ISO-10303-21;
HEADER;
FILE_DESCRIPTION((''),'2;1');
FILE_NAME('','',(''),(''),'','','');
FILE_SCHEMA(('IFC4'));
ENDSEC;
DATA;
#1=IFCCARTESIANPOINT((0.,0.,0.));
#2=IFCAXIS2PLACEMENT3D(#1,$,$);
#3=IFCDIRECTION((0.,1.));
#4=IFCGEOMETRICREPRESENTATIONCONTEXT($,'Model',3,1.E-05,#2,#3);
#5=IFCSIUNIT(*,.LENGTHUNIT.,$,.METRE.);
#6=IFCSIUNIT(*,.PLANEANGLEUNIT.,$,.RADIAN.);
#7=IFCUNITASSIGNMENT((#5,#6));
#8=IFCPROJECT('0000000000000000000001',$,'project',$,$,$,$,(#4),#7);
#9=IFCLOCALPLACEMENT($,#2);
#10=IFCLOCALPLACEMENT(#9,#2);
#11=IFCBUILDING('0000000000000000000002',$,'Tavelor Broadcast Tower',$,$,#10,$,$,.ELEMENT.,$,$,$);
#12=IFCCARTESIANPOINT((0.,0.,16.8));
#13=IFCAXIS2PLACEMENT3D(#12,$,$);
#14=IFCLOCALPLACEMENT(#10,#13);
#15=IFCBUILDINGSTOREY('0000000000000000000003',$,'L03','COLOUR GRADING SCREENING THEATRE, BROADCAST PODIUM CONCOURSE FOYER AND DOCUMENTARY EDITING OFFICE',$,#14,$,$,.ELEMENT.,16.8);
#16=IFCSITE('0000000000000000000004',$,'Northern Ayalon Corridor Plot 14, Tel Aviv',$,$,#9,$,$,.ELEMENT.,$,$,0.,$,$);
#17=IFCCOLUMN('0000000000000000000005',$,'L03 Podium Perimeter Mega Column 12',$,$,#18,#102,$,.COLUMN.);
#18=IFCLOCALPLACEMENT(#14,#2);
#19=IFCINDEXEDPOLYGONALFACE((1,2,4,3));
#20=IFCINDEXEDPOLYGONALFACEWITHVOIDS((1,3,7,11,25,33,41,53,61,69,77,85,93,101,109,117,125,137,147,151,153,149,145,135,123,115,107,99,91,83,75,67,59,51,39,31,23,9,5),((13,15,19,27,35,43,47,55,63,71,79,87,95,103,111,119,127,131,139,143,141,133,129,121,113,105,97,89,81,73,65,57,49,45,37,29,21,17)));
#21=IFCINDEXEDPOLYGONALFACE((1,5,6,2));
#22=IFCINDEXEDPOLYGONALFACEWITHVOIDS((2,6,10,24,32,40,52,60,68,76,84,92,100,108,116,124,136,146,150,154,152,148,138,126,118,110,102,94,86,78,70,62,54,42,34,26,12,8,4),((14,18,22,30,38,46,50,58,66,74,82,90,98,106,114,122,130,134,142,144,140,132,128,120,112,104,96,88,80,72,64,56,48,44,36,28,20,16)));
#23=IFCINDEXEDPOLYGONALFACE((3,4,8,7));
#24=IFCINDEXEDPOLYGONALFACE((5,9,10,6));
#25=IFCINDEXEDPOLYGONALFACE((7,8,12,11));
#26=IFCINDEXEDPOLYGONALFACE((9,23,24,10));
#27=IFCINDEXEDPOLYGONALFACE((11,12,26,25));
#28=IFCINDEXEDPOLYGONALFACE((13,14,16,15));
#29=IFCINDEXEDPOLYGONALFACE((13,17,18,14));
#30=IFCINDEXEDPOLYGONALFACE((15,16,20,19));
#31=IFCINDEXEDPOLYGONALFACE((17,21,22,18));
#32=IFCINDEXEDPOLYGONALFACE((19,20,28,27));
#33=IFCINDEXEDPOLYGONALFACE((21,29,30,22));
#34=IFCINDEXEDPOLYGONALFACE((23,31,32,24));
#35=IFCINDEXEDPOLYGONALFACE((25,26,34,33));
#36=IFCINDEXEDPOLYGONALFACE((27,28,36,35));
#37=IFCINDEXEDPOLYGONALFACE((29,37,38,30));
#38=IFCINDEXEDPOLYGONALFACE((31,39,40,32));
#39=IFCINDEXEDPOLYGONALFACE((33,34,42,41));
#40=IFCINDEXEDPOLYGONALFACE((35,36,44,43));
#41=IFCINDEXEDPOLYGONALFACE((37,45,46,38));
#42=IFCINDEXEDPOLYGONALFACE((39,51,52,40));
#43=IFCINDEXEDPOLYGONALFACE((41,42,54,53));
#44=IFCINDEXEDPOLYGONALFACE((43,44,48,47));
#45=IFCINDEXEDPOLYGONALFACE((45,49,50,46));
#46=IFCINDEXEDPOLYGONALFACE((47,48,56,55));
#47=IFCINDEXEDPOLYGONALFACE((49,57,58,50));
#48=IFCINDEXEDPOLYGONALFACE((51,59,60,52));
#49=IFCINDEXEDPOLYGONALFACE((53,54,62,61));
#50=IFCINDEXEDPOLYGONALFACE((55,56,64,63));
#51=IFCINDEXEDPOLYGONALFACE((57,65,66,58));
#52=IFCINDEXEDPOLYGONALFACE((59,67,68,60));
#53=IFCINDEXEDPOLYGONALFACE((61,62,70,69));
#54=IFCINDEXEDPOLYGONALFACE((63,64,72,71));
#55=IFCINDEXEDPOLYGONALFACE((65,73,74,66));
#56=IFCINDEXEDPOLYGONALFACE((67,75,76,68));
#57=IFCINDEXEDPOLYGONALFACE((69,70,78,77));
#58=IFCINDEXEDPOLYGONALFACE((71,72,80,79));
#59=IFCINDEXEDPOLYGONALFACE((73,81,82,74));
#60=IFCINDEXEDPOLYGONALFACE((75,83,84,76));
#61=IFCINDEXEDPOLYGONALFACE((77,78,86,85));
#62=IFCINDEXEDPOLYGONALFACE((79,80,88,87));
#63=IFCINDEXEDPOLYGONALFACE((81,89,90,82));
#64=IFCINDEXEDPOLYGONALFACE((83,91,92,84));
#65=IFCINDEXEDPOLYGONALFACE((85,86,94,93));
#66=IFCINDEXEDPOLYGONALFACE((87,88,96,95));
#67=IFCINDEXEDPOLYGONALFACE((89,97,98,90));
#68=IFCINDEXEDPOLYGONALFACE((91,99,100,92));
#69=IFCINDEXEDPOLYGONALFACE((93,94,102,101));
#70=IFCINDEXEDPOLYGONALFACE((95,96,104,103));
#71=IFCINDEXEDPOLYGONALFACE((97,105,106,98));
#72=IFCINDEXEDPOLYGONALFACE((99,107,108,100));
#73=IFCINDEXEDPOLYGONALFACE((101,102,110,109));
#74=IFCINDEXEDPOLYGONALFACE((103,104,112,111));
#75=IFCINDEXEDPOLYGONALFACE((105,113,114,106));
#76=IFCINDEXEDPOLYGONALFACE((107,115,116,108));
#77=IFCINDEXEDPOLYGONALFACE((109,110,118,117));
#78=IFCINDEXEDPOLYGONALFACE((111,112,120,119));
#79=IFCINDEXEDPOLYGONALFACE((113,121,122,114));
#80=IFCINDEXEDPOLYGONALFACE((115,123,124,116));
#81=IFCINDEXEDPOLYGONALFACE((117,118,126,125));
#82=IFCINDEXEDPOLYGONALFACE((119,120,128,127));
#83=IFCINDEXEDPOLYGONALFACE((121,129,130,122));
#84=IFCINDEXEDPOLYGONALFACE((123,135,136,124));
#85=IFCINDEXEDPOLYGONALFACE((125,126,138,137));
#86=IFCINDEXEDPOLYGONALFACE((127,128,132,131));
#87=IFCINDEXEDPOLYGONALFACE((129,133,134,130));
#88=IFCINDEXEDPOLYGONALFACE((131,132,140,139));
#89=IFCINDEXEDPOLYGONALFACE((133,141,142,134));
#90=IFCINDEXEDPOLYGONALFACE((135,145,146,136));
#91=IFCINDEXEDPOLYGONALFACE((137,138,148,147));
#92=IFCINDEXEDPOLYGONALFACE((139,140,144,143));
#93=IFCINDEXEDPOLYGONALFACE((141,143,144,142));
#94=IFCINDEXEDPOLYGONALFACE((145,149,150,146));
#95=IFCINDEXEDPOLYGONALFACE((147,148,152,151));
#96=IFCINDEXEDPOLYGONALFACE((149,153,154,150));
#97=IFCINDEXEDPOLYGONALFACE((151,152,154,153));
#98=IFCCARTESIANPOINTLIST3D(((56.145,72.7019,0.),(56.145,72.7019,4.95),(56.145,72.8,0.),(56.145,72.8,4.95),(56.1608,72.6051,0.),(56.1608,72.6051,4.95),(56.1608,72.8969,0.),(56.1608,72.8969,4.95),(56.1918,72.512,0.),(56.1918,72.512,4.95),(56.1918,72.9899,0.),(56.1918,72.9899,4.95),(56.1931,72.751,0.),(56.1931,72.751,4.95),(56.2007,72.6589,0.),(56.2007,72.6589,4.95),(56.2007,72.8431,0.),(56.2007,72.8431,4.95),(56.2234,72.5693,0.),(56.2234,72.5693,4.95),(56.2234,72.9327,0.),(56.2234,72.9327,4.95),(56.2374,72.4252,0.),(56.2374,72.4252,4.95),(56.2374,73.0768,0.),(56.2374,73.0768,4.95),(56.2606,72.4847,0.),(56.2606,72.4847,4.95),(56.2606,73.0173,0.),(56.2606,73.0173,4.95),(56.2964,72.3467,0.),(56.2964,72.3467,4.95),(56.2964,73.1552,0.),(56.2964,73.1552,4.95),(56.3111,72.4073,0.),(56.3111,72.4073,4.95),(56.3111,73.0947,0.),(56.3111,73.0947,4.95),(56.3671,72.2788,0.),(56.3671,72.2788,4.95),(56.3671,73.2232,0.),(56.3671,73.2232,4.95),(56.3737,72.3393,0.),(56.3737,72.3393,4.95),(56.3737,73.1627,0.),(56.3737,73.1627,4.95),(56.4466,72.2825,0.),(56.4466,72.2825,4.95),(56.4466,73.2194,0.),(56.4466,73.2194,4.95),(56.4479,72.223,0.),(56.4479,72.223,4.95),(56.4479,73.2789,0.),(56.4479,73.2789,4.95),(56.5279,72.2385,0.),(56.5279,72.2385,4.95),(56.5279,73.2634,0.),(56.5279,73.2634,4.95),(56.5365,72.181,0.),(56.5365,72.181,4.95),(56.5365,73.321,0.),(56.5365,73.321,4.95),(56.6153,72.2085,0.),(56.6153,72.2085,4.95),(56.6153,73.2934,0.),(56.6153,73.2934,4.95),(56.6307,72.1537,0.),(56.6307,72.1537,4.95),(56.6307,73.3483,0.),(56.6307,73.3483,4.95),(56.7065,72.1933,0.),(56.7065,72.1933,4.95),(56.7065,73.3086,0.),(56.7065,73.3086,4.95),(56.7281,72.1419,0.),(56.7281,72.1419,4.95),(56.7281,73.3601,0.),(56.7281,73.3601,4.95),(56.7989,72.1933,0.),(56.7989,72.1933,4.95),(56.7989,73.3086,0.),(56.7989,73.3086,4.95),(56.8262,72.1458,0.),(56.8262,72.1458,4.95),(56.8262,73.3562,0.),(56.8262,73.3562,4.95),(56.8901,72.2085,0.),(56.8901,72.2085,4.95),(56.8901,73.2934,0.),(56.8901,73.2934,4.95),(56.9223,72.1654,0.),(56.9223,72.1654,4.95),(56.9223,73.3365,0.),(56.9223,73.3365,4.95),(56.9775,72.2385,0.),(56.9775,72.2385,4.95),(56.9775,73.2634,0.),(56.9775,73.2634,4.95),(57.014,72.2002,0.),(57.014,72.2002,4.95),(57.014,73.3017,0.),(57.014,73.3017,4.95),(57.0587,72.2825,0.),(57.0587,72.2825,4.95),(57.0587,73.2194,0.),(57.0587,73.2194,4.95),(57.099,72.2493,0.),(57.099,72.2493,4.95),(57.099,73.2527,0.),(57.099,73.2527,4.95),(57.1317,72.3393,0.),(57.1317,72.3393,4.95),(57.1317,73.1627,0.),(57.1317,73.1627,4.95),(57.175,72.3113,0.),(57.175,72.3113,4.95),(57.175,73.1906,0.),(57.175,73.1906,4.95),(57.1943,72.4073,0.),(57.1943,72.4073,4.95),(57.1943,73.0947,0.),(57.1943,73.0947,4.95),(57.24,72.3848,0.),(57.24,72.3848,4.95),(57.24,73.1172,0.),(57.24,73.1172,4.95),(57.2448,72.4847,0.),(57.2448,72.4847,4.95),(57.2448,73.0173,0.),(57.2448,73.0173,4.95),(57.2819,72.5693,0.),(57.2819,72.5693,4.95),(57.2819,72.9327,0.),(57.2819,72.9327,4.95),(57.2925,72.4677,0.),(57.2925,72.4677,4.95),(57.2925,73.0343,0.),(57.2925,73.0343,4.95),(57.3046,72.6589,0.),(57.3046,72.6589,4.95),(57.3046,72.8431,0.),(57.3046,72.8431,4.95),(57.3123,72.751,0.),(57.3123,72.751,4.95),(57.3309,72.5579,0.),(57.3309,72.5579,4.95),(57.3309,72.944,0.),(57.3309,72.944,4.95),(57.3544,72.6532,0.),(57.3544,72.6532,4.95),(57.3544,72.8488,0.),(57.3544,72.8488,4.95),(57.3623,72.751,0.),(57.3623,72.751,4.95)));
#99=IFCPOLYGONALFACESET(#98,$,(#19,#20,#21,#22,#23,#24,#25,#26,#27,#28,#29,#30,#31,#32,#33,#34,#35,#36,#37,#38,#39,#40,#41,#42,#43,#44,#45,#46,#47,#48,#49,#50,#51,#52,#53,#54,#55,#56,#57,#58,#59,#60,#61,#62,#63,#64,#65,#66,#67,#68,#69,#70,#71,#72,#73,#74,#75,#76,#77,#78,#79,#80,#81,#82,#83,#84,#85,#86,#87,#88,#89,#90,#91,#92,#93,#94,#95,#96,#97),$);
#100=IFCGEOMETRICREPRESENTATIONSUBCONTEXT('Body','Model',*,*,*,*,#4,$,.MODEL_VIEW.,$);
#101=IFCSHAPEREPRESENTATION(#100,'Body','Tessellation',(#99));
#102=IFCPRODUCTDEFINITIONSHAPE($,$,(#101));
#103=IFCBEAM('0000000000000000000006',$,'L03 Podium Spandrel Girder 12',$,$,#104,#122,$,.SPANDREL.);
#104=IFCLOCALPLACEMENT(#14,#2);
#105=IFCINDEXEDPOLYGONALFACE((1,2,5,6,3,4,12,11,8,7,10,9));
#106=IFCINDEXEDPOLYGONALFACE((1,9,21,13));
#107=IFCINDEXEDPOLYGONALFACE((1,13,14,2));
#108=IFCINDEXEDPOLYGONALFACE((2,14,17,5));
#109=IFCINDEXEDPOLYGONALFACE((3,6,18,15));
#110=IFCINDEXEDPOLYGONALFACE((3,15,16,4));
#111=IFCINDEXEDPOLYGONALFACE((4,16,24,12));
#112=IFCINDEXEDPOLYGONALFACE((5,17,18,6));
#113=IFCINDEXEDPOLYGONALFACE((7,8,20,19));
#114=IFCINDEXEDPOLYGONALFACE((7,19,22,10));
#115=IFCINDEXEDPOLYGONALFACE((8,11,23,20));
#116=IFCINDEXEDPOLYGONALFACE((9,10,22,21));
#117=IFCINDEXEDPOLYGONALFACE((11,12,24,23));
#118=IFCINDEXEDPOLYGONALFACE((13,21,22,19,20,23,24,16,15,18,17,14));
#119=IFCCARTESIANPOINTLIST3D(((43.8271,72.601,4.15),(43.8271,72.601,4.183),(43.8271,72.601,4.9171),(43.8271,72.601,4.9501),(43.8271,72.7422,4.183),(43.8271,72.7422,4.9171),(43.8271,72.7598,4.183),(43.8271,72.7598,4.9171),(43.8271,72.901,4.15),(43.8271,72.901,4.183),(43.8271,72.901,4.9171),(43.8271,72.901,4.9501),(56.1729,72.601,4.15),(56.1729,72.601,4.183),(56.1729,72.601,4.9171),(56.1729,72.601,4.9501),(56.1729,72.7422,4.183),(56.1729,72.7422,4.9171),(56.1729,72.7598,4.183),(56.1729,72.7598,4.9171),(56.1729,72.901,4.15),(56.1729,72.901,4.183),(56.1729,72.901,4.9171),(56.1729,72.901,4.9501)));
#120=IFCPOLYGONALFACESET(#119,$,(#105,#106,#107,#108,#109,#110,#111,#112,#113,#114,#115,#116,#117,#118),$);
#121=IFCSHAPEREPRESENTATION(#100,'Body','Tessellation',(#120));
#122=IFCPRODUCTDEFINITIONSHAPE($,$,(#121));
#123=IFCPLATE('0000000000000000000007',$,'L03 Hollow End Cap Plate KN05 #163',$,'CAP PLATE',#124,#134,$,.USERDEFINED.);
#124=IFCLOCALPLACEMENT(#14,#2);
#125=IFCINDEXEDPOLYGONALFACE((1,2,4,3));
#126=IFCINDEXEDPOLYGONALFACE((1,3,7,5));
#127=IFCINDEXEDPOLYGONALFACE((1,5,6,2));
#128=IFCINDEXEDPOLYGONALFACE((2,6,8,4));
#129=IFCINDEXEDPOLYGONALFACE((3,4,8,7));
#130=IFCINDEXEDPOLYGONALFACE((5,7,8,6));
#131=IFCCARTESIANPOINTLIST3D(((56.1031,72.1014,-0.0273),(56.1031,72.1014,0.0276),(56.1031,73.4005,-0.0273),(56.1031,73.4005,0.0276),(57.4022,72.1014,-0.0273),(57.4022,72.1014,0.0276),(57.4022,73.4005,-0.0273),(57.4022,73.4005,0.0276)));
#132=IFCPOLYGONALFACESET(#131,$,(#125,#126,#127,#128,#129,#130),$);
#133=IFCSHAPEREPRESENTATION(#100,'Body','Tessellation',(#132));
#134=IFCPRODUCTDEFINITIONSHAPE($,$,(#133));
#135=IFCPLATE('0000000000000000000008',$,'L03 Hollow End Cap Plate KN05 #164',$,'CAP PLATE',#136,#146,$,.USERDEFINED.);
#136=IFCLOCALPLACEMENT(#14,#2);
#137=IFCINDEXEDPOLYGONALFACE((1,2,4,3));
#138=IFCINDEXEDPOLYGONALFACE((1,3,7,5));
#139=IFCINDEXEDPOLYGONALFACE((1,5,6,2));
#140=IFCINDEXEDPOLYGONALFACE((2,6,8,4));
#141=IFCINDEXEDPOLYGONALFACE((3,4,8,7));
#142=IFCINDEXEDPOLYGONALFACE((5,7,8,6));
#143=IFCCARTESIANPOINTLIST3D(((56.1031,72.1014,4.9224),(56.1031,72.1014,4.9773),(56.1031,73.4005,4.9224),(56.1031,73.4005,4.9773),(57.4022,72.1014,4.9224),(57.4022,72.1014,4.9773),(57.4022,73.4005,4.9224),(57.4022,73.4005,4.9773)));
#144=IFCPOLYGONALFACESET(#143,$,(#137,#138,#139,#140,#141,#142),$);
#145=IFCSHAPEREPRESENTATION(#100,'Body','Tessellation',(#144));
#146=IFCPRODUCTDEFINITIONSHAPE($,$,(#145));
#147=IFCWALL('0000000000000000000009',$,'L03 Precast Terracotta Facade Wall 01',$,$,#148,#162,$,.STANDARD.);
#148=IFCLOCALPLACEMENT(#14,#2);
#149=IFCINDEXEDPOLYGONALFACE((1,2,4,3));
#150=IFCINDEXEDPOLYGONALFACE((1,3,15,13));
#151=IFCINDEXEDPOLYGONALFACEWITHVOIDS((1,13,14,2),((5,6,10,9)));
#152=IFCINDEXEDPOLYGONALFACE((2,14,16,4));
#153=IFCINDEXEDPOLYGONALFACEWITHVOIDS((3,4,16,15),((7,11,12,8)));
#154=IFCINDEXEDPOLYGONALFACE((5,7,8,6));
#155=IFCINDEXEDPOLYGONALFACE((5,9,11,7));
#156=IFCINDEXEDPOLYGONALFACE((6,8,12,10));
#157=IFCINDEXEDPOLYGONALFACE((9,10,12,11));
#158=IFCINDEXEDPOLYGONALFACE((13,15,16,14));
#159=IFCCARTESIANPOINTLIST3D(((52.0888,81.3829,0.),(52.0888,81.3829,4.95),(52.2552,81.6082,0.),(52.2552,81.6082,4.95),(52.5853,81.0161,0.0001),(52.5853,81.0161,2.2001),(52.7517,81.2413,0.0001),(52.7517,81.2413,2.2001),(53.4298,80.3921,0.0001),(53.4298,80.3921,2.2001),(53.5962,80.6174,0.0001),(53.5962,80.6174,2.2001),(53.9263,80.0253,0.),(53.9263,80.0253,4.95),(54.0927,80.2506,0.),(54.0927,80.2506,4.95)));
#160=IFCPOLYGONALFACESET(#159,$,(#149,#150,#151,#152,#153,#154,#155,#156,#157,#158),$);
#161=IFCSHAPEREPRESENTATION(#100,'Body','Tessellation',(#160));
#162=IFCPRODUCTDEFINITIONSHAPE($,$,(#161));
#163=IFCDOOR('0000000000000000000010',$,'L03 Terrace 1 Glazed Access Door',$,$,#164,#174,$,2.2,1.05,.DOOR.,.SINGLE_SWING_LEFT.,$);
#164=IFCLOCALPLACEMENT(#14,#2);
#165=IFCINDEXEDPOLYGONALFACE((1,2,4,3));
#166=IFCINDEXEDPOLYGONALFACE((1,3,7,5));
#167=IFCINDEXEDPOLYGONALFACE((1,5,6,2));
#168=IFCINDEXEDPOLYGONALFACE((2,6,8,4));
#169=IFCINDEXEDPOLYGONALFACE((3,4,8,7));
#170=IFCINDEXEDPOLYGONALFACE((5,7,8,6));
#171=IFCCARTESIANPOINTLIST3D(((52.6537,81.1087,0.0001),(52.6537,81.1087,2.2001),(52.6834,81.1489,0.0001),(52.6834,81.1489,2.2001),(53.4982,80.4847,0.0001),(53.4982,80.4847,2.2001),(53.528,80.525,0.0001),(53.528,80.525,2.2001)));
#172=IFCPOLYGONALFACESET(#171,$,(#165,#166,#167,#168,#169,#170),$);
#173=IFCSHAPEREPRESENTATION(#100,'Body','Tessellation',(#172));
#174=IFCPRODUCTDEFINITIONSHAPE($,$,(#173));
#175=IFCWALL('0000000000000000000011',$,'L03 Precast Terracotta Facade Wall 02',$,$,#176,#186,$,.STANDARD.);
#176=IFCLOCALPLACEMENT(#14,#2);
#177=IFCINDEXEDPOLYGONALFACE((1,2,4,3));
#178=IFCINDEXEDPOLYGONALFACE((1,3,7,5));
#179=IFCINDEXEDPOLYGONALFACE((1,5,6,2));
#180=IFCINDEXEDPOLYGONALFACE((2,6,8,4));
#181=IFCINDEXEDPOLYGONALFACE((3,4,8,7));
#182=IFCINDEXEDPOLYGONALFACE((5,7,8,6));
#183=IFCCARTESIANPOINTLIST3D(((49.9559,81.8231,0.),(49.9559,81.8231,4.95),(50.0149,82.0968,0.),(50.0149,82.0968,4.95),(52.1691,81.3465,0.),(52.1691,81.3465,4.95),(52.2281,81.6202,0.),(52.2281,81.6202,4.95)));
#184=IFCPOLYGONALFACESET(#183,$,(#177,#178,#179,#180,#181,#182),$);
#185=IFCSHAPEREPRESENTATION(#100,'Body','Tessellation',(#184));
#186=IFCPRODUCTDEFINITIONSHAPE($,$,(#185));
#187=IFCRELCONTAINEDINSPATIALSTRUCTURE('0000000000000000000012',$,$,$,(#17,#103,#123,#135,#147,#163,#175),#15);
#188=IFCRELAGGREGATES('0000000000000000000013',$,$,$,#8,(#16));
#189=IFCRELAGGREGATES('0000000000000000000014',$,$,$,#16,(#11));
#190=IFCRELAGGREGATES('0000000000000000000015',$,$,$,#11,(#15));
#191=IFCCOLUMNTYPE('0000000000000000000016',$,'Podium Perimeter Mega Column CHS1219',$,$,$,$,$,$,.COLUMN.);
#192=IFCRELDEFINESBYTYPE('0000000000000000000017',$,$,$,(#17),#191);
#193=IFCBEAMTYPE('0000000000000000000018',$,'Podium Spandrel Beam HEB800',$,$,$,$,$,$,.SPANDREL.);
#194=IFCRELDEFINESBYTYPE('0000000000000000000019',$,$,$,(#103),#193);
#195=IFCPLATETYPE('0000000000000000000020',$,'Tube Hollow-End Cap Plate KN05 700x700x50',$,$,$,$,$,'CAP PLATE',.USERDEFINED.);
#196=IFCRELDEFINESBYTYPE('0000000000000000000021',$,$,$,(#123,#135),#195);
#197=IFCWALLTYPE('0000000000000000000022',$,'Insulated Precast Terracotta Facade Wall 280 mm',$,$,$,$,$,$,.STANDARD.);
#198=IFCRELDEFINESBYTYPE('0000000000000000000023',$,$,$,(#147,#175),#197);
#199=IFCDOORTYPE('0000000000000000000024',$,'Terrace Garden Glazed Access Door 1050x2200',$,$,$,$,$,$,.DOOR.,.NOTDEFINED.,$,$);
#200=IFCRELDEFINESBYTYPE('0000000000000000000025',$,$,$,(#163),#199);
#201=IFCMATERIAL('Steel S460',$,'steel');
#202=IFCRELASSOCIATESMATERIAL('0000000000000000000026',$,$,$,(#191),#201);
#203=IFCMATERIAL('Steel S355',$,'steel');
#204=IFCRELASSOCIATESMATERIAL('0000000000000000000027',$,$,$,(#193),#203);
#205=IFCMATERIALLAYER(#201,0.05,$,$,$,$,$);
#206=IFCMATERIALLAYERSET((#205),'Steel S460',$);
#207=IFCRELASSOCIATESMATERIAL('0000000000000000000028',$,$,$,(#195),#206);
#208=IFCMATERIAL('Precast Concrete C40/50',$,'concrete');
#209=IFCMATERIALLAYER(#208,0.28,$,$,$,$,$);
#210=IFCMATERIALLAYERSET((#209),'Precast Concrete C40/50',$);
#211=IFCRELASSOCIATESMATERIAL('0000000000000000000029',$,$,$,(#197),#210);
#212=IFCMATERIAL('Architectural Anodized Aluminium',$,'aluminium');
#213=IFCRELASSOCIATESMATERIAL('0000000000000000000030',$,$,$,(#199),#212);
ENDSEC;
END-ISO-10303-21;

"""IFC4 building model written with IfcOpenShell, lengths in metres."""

from ifc_helpers import new_model, si_unit, direction, frame, frame_2d, origin, origin_2d, place, context, subcontext, project, spatial, rectangle, hollow_circle, i_section, extrude, source, transform, mapped, material, layer, layer_set, material_profile, profile_set, type_object, type_shapes, element, fill, save


model = new_model("IFC4")

# Units and contexts
model_context = context("Model", 3, precision=1e-05, world=origin(), true_north=direction((0.0, 1.0)))
body_context = subcontext(model_context, "Body", "Model", "MODEL_VIEW")
ifc_project = project(units=[si_unit("LENGTHUNIT", "METRE"), si_unit("PLANEANGLEUNIT", "RADIAN")], contexts=[model_context])

# Site, building, storey
site_placement = place(None, origin())
site = spatial("IfcSite", under=ifc_project, at=site_placement, Name="Northern Ayalon Corridor Plot 14, Tel Aviv", CompositionType="ELEMENT", RefElevation=0.0)
building_placement = place(site_placement, origin())
building = spatial("IfcBuilding", under=site, at=building_placement, Name="Tavelor Broadcast Tower", CompositionType="ELEMENT")
storey_placement = place(building_placement, frame((0.0, 0.0, 16.8)))
storey = spatial("IfcBuildingStorey", under=building, at=storey_placement, Name="L03", Description="COLOUR GRADING SCREENING THEATRE, BROADCAST PODIUM CONCOURSE FOYER AND DOCUMENTARY EDITING OFFICE", CompositionType="ELEMENT", Elevation=16.8)

# Column
ifc_material_1 = material(Name="Steel S460", Category="steel")
ifc_material_profile_1 = material_profile(ifc_material_1, hollow_circle(Radius=0.6096, WallThickness=0.05, at=origin_2d()), Name="CHS 1219x50")
ifc_profile_set_1 = profile_set([ifc_material_profile_1], Name="Steel S460")
column_type = type_object("IfcColumnType", Name="Podium Perimeter Mega Column CHS1219", PredefinedType="COLUMN", material=ifc_profile_set_1)
column_placement = place(storey_placement, frame((56.7527, 72.751, 0.0), z_axis=(0.0, 0.0, 1.0), x_axis=(1.0, 0.0, 0.0)))
element("IfcColumn", 1, at=column_placement, inside=storey, type_object=column_type, Name="L03 Podium Perimeter Mega Column 12", PredefinedType="COLUMN", context=body_context, shape_type="SweptSolid", body=[
    extrude(hollow_circle(Radius=0.6096, WallThickness=0.05, at=origin_2d()), origin(), (0.0, 0.0, 1.0), 4.95),
])

# Beam
ifc_material_2 = material(Name="Steel S355", Category="steel")
ifc_material_profile_2 = material_profile(ifc_material_2, i_section(OverallWidth=0.3, OverallDepth=0.8, WebThickness=0.0176, FlangeThickness=0.033, at=origin_2d()), Name="HEB 800")
ifc_profile_set_2 = profile_set([ifc_material_profile_2], Name="Steel S355")
beam_type = type_object("IfcBeamType", Name="Podium Spandrel Beam HEB800", PredefinedType="SPANDREL", material=ifc_profile_set_2)
beam_placement = place(storey_placement, frame((56.1729, 72.751, 4.55), z_axis=(-1.0, 0.0, 0.0), x_axis=(0.0, -1.0, 0.0)))
element("IfcBeam", 2, at=beam_placement, inside=storey, type_object=beam_type, Name="L03 Podium Spandrel Girder 12", PredefinedType="SPANDREL", context=body_context, shape_type="SweptSolid", body=[
    extrude(i_section(OverallWidth=0.3, OverallDepth=0.8, WebThickness=0.0176, FlangeThickness=0.033, at=origin_2d()), origin(), (0.0, 0.0, 1.0), 12.3457),
])

# Plates
ifc_layer_1 = layer(ifc_material_1, 0.05)
ifc_layer_set_1 = layer_set([ifc_layer_1], Name="Steel S460")
plate_type = type_object("IfcPlateType", Name="Tube Hollow-End Cap Plate KN05 700x700x50", ElementType="CAP PLATE", PredefinedType="USERDEFINED", material=ifc_layer_set_1)
shared_shape = source(origin(), body_context, "Body", "SweptSolid", [
    extrude(rectangle(XDim=1.2991, YDim=1.2991, at=origin_2d()), origin(), (0.0, 0.0, 1.0), 0.0549),
])
type_shapes(plate_type, [shared_shape])
for number, where, z_axis, x_axis, name in (
    (3, (56.7527, 72.751, -0.0273), (0.0, 0.0, 1.0), (1.0, 0.0, 0.0), "L03 Hollow End Cap Plate KN05 #163"),
    (4, (56.7527, 72.751, 4.9224), (0.0, 0.0, 1.0), (1.0, 0.0, 0.0), "L03 Hollow End Cap Plate KN05 #164"),
):
    element("IfcPlate", number, at=place(storey_placement, frame(where, z_axis=z_axis, x_axis=x_axis)), inside=storey, type_object=plate_type, Name=name, ObjectType="CAP PLATE", PredefinedType="USERDEFINED", context=body_context, shape_type="MappedRepresentation", body=[
        mapped(shared_shape, transform((0.0, 0.0, 0.0), scale=1.0)),
    ])

# Wall, opening, door
ifc_material_3 = material(Name="Precast Concrete C40/50", Category="concrete")
ifc_layer_2 = layer(ifc_material_3, 0.28)
ifc_layer_set_2 = layer_set([ifc_layer_2], Name="Precast Concrete C40/50")
wall_type = type_object("IfcWallType", Name="Insulated Precast Terracotta Facade Wall 280 mm", PredefinedType="STANDARD", material=ifc_layer_set_2)
wall_1_placement = place(storey_placement, frame((54.0095, 80.1379, 0.0), z_axis=(0.0, 0.0, 1.0), x_axis=(-0.8043, 0.594223, 0.0)))
wall_1 = element("IfcWall", 5, at=wall_1_placement, inside=storey, type_object=wall_type, Name="L03 Precast Terracotta Facade Wall 01", PredefinedType="STANDARD", context=body_context, shape_type="SweptSolid", body=[
    extrude(rectangle(XDim=2.2847, YDim=0.28, at=frame_2d((1.1423, 0.0))), origin(), (0.0, 0.0, 1.0), 4.95),
])
opening_1_placement = place(wall_1_placement, frame((0.6174, 0.0, 0.0)))
opening_1 = element("IfcOpeningElement", 6, at=opening_1_placement, cuts=wall_1, PredefinedType="OPENING", context=body_context, shape_type="SweptSolid", body=[
    extrude(rectangle(XDim=1.05, YDim=2.2, at=frame_2d((0.5249, 1.1001))), frame((0.0, 0.1499, 0.0), z_axis=(0.0, -1.0, 0.0), x_axis=(1.0, 0.0, 0.0)), (0.0, 0.0, 1.0), 0.3),
])
ifc_material_4 = material(Name="Architectural Anodized Aluminium", Category="aluminium")
door_type = type_object("IfcDoorType", Name="Terrace Garden Glazed Access Door 1050x2200", OperationType="NOTDEFINED", PredefinedType="DOOR", material=ifc_material_4)
door_placement = place(opening_1_placement, origin())
door = element("IfcDoor", 7, at=door_placement, inside=storey, type_object=door_type, Name="L03 Terrace 1 Glazed Access Door", OperationType="SINGLE_SWING_LEFT", OverallHeight=2.2, OverallWidth=1.05, PredefinedType="DOOR", context=body_context, shape_type="SweptSolid", body=[
    extrude(rectangle(XDim=1.05, YDim=2.2, at=frame_2d((0.5249, 1.1001))), frame((0.0, 0.0249, 0.0), z_axis=(0.0, -1.0, 0.0), x_axis=(1.0, 0.0, 0.0)), (0.0, 0.0, 1.0), 0.05),
])
fill(opening_1, door)

# Wall
for number, where, z_axis, x_axis, name in (
    (8, (52.1985, 81.4834, 0.0), (0.0, 0.0, 1.0), (-0.977592, 0.210509, 0.0), "L03 Precast Terracotta Facade Wall 02"),
):
    element("IfcWall", number, at=place(storey_placement, frame(where, z_axis=z_axis, x_axis=x_axis)), inside=storey, type_object=wall_type, Name=name, PredefinedType="STANDARD", context=body_context, shape_type="SweptSolid", body=[
        extrude(rectangle(XDim=2.2639, YDim=0.28, at=frame_2d((1.1318, 0.0))), origin(), (0.0, 0.0, 1.0), 4.95),
    ])

save(model, "model.ifc")
